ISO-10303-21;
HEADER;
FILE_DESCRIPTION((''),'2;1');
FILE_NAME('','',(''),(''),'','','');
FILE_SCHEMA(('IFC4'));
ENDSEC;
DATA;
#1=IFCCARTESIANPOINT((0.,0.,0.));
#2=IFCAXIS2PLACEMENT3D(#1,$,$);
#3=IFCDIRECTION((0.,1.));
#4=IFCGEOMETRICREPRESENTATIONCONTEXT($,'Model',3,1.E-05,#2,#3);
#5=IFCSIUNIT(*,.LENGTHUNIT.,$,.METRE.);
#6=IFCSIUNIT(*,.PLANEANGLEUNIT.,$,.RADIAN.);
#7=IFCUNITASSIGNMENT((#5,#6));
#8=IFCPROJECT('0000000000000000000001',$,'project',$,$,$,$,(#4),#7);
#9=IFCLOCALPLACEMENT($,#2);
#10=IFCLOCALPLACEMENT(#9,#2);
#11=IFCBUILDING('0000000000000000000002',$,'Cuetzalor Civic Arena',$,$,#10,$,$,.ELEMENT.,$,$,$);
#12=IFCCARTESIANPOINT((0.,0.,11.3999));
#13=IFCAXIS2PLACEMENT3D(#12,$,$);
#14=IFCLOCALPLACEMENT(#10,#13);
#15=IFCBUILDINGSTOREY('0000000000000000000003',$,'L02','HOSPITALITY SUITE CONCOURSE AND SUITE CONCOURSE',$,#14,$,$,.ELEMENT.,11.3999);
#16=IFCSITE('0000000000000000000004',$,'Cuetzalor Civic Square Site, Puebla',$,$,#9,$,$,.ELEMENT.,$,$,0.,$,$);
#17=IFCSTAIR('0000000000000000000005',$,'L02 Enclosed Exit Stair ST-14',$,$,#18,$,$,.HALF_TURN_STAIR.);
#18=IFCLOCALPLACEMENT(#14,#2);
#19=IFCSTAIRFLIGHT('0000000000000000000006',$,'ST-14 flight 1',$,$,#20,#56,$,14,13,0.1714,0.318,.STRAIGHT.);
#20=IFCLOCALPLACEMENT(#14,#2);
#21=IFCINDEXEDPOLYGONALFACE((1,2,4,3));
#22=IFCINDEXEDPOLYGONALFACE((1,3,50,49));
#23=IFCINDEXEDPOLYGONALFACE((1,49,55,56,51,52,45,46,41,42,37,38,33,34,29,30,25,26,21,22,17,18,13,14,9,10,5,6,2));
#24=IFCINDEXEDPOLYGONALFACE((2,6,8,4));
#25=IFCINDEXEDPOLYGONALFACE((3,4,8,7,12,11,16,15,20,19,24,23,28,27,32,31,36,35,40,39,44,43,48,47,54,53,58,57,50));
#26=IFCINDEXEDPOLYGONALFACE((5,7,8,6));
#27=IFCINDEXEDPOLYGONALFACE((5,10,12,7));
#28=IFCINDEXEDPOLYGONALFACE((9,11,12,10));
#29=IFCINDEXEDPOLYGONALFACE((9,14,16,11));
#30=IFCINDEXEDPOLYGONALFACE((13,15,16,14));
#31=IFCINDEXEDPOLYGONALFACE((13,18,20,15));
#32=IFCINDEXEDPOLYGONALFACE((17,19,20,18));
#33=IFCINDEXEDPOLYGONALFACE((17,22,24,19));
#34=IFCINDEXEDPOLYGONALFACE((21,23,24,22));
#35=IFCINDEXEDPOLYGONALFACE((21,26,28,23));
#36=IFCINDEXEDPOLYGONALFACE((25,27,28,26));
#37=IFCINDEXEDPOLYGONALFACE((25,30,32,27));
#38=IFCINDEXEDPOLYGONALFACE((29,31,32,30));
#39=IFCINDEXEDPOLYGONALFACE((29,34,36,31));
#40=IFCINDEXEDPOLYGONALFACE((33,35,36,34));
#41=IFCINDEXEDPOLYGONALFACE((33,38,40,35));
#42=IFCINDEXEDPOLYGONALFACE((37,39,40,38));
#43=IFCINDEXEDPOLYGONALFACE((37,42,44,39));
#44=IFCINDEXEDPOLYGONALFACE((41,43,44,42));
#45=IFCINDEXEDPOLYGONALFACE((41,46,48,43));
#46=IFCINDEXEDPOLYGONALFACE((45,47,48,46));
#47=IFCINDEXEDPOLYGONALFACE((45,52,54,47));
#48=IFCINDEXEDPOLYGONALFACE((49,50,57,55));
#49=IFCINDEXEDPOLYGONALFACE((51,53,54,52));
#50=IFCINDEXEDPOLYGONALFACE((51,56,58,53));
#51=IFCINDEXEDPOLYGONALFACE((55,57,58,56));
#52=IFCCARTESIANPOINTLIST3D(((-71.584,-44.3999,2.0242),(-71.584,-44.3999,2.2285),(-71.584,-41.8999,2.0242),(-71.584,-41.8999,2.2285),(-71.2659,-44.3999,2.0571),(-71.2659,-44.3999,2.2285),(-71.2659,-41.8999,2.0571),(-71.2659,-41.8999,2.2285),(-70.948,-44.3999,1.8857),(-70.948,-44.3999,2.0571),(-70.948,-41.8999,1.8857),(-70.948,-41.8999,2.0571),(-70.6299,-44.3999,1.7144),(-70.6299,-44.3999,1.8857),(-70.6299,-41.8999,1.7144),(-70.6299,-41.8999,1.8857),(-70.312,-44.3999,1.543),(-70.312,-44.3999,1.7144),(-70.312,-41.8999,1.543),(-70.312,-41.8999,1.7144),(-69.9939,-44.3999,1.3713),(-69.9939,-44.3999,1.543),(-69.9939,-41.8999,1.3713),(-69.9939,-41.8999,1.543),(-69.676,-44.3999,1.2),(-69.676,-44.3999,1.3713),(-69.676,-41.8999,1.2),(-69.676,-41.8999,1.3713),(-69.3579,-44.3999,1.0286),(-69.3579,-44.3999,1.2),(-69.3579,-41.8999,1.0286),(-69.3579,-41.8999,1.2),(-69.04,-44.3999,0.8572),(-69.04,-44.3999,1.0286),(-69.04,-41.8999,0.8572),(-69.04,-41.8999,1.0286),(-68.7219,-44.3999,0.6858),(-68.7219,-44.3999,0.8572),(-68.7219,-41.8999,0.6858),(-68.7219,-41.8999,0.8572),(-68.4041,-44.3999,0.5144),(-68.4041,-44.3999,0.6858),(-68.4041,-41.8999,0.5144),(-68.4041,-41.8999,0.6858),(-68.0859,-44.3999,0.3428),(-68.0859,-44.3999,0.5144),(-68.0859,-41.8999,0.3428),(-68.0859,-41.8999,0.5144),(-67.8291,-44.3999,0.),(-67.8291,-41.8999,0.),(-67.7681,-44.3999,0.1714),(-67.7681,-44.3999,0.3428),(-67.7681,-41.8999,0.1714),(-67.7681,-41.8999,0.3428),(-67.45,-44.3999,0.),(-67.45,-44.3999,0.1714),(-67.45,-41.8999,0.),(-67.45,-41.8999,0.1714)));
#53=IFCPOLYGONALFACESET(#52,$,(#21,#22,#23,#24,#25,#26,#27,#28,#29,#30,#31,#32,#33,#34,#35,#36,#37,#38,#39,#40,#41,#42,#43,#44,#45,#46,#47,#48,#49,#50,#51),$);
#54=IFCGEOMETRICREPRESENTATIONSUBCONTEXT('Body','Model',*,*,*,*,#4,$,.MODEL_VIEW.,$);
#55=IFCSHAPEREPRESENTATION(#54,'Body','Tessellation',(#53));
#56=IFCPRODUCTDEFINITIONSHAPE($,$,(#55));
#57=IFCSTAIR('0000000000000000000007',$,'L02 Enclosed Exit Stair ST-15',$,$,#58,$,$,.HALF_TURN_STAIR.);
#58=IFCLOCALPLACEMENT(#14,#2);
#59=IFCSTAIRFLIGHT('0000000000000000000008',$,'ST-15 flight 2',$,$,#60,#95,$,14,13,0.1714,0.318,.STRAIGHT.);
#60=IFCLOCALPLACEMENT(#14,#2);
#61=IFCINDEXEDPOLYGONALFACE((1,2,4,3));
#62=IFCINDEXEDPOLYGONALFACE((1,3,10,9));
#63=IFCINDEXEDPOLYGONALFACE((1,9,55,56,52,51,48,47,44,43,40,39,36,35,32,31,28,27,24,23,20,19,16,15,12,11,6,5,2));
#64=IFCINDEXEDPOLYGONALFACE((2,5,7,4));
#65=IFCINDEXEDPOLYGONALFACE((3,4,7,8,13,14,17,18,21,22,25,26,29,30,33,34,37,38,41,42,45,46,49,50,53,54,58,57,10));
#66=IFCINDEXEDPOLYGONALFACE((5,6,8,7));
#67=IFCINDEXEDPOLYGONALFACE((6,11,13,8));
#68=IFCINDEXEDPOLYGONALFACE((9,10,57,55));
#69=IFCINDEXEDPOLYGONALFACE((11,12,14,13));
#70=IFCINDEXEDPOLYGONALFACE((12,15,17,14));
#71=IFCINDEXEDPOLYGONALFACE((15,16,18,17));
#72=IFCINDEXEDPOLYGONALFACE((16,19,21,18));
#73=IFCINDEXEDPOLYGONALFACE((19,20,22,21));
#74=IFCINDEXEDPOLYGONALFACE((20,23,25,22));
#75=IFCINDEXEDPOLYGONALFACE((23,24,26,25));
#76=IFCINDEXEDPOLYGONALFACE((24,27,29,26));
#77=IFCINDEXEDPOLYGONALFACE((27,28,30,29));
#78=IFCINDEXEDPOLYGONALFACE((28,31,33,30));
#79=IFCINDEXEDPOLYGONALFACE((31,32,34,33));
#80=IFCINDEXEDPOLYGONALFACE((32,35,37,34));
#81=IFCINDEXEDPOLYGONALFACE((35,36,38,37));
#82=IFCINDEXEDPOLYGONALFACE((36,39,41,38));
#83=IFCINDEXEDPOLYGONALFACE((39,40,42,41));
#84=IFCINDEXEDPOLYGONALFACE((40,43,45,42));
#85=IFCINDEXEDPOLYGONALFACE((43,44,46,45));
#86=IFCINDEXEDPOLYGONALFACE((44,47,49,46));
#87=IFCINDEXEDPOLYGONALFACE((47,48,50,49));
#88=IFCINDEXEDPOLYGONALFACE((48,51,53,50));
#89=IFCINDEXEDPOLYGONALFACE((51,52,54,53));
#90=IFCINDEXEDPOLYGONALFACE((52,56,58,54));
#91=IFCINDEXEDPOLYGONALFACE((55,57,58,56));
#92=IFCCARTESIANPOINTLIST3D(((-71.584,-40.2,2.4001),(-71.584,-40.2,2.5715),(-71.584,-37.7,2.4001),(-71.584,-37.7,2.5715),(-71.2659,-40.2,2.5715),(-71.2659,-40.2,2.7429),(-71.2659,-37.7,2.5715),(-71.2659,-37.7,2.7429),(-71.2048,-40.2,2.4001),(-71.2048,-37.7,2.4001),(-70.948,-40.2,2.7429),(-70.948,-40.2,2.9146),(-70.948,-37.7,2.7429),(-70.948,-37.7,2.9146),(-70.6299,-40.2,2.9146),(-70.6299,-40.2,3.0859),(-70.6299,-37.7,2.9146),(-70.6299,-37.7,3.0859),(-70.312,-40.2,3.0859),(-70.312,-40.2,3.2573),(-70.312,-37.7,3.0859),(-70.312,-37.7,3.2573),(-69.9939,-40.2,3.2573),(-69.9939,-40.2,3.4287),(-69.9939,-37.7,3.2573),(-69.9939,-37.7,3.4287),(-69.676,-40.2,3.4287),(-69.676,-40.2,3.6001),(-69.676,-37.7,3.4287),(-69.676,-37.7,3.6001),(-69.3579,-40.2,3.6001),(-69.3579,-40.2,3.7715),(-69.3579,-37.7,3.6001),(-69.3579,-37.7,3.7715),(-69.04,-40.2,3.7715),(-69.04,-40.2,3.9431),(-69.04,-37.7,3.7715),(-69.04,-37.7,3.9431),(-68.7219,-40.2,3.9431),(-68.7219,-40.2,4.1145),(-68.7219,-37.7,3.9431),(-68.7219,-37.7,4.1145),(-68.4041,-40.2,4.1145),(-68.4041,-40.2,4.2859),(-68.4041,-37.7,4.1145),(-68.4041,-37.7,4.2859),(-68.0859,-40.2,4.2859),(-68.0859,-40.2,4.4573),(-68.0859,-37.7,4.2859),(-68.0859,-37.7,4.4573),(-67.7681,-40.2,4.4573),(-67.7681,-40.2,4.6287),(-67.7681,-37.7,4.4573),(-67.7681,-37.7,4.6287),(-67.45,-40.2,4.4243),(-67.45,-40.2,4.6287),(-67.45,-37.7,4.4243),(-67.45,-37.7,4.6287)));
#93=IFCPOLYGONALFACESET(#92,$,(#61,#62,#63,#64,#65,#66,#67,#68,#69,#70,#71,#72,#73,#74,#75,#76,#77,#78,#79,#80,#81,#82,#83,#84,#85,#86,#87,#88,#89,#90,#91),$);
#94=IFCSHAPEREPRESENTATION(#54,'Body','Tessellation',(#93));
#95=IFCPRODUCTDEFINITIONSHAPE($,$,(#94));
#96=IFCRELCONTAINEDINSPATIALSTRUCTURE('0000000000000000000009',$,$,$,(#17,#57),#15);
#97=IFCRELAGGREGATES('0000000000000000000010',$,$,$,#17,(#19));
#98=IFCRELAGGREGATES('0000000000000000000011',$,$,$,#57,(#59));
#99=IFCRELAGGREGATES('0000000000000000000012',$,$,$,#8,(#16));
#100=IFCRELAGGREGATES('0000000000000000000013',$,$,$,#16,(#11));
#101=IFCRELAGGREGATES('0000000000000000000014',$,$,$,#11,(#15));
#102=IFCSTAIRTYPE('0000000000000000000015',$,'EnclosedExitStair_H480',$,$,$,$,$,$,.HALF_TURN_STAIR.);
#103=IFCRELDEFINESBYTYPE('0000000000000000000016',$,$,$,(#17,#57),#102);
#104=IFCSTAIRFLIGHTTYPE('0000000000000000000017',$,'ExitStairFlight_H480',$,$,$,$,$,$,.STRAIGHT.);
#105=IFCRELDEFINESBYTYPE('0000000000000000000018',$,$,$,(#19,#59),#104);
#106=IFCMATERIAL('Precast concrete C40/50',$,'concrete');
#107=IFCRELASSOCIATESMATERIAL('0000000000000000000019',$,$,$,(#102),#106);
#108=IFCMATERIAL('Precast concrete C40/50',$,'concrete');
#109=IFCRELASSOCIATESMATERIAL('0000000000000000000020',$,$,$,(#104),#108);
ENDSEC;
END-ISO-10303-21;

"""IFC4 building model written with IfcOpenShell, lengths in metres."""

from ifc_helpers import new_model, si_unit, direction, frame, origin, place, context, subcontext, project, spatial, polyline, outline, extrude, material, type_object, element, aggregate, save


model = new_model("IFC4")

# Units and contexts
model_context = context("Model", 3, precision=1e-05, world=origin(), true_north=direction((0.0, 1.0)))
body_context = subcontext(model_context, "Body", "Model", "MODEL_VIEW")
ifc_project = project(units=[si_unit("LENGTHUNIT", "METRE"), si_unit("PLANEANGLEUNIT", "RADIAN")], contexts=[model_context])

# Site, building, storey
site_placement = place(None, origin())
site = spatial("IfcSite", under=ifc_project, at=site_placement, Name="Cuetzalor Civic Square Site, Puebla", CompositionType="ELEMENT", RefElevation=0.0)
building_placement = place(site_placement, origin())
building = spatial("IfcBuilding", under=site, at=building_placement, Name="Cuetzalor Civic Arena", CompositionType="ELEMENT")
storey_placement = place(building_placement, frame((0.0, 0.0, 11.3999)))
storey = spatial("IfcBuildingStorey", under=building, at=storey_placement, Name="L02", Description="HOSPITALITY SUITE CONCOURSE AND SUITE CONCOURSE", CompositionType="ELEMENT", Elevation=11.3999)

# Stairs, stair flights
ifc_material_1 = material(Name="Precast concrete C40/50", Category="concrete")
stair_type = type_object("IfcStairType", Name="EnclosedExitStair_H480", PredefinedType="HALF_TURN_STAIR", material=ifc_material_1)
stair_1_placement = place(storey_placement, origin())
stair_1 = element("IfcStair", 1, at=stair_1_placement, inside=storey, type_object=stair_type, Name="L02 Enclosed Exit Stair ST-14", PredefinedType="HALF_TURN_STAIR")
ifc_material_2 = material(Name="Precast concrete C40/50", Category="concrete")
stair_flight_type = type_object("IfcStairFlightType", Name="ExitStairFlight_H480", PredefinedType="STRAIGHT", material=ifc_material_2)
stair_flight_1_placement = place(storey_placement, frame((-67.45, -43.1499, 0.0), z_axis=(0.0, 0.0, 1.0), x_axis=(-1.0, 0.0, 0.0)))
stair_flight_1 = element("IfcStairFlight", 2, at=stair_flight_1_placement, type_object=stair_flight_type, Name="ST-14 flight 1", NumberOfRisers=14, NumberOfTreads=13, PredefinedType="STRAIGHT", RiserHeight=0.1714, TreadLength=0.318, context=body_context, shape_type="SweptSolid", body=[
    extrude(outline(polyline([(0.0, 0.0), (0.0, 0.1714), (0.3181, 0.1714), (0.3181, 0.3428), (0.636, 0.3428), (0.636, 0.5144), (0.9541, 0.5144), (0.9541, 0.6858), (1.272, 0.6858), (1.272, 0.8572), (1.5901, 0.8572), (1.5901, 1.0286), (1.908, 1.0286), (1.908, 1.2), (2.2261, 1.2), (2.2261, 1.3713), (2.5439, 1.3713), (2.5439, 1.543), (2.8621, 1.543), (2.8621, 1.7144), (3.1799, 1.7144), (3.1799, 1.8857), (3.498, 1.8857), (3.498, 2.0571), (3.8159, 2.0571), (3.8159, 2.2285), (4.134, 2.2285), (4.134, 2.3999), (4.134, 2.0242), (0.3792, 0.0), (0.0, 0.0)])), frame((0.0, 1.25, 0.0), z_axis=(0.0, -1.0, 0.0), x_axis=(1.0, 0.0, 0.0)), (0.0, 0.0, 1.0), 2.5),
])
aggregate(stair_1, [stair_flight_1])
stair_2_placement = place(storey_placement, origin())
stair_2 = element("IfcStair", 3, at=stair_2_placement, inside=storey, type_object=stair_type, Name="L02 Enclosed Exit Stair ST-15", PredefinedType="HALF_TURN_STAIR")
stair_flight_2_placement = place(storey_placement, frame((-71.584, -38.95, 2.4001), z_axis=(0.0, 0.0, 1.0), x_axis=(1.0, 0.0, 0.0)))
stair_flight_2 = element("IfcStairFlight", 4, at=stair_flight_2_placement, type_object=stair_flight_type, Name="ST-15 flight 2", NumberOfRisers=14, NumberOfTreads=13, PredefinedType="STRAIGHT", RiserHeight=0.1714, TreadLength=0.318, context=body_context, shape_type="SweptSolid", body=[
    extrude(outline(polyline([(0.0, 0.0), (0.0, 0.1714), (0.3181, 0.1714), (0.3181, 0.3428), (0.636, 0.3428), (0.636, 0.5144), (0.9541, 0.5144), (0.9541, 0.6858), (1.272, 0.6858), (1.272, 0.8572), (1.5901, 0.8572), (1.5901, 1.0286), (1.908, 1.0286), (1.908, 1.2), (2.2261, 1.2), (2.2261, 1.3713), (2.5439, 1.3713), (2.5439, 1.543), (2.8621, 1.543), (2.8621, 1.7144), (3.1799, 1.7144), (3.1799, 1.8857), (3.498, 1.8857), (3.498, 2.0571), (3.8159, 2.0571), (3.8159, 2.2285), (4.134, 2.2285), (4.134, 2.3999), (4.134, 2.0242), (0.3792, 0.0), (0.0, 0.0)])), frame((0.0, 1.25, 0.0), z_axis=(0.0, -1.0, 0.0), x_axis=(1.0, 0.0, 0.0)), (0.0, 0.0, 1.0), 2.5),
])
aggregate(stair_2, [stair_flight_2])

save(model, "model.ifc")
